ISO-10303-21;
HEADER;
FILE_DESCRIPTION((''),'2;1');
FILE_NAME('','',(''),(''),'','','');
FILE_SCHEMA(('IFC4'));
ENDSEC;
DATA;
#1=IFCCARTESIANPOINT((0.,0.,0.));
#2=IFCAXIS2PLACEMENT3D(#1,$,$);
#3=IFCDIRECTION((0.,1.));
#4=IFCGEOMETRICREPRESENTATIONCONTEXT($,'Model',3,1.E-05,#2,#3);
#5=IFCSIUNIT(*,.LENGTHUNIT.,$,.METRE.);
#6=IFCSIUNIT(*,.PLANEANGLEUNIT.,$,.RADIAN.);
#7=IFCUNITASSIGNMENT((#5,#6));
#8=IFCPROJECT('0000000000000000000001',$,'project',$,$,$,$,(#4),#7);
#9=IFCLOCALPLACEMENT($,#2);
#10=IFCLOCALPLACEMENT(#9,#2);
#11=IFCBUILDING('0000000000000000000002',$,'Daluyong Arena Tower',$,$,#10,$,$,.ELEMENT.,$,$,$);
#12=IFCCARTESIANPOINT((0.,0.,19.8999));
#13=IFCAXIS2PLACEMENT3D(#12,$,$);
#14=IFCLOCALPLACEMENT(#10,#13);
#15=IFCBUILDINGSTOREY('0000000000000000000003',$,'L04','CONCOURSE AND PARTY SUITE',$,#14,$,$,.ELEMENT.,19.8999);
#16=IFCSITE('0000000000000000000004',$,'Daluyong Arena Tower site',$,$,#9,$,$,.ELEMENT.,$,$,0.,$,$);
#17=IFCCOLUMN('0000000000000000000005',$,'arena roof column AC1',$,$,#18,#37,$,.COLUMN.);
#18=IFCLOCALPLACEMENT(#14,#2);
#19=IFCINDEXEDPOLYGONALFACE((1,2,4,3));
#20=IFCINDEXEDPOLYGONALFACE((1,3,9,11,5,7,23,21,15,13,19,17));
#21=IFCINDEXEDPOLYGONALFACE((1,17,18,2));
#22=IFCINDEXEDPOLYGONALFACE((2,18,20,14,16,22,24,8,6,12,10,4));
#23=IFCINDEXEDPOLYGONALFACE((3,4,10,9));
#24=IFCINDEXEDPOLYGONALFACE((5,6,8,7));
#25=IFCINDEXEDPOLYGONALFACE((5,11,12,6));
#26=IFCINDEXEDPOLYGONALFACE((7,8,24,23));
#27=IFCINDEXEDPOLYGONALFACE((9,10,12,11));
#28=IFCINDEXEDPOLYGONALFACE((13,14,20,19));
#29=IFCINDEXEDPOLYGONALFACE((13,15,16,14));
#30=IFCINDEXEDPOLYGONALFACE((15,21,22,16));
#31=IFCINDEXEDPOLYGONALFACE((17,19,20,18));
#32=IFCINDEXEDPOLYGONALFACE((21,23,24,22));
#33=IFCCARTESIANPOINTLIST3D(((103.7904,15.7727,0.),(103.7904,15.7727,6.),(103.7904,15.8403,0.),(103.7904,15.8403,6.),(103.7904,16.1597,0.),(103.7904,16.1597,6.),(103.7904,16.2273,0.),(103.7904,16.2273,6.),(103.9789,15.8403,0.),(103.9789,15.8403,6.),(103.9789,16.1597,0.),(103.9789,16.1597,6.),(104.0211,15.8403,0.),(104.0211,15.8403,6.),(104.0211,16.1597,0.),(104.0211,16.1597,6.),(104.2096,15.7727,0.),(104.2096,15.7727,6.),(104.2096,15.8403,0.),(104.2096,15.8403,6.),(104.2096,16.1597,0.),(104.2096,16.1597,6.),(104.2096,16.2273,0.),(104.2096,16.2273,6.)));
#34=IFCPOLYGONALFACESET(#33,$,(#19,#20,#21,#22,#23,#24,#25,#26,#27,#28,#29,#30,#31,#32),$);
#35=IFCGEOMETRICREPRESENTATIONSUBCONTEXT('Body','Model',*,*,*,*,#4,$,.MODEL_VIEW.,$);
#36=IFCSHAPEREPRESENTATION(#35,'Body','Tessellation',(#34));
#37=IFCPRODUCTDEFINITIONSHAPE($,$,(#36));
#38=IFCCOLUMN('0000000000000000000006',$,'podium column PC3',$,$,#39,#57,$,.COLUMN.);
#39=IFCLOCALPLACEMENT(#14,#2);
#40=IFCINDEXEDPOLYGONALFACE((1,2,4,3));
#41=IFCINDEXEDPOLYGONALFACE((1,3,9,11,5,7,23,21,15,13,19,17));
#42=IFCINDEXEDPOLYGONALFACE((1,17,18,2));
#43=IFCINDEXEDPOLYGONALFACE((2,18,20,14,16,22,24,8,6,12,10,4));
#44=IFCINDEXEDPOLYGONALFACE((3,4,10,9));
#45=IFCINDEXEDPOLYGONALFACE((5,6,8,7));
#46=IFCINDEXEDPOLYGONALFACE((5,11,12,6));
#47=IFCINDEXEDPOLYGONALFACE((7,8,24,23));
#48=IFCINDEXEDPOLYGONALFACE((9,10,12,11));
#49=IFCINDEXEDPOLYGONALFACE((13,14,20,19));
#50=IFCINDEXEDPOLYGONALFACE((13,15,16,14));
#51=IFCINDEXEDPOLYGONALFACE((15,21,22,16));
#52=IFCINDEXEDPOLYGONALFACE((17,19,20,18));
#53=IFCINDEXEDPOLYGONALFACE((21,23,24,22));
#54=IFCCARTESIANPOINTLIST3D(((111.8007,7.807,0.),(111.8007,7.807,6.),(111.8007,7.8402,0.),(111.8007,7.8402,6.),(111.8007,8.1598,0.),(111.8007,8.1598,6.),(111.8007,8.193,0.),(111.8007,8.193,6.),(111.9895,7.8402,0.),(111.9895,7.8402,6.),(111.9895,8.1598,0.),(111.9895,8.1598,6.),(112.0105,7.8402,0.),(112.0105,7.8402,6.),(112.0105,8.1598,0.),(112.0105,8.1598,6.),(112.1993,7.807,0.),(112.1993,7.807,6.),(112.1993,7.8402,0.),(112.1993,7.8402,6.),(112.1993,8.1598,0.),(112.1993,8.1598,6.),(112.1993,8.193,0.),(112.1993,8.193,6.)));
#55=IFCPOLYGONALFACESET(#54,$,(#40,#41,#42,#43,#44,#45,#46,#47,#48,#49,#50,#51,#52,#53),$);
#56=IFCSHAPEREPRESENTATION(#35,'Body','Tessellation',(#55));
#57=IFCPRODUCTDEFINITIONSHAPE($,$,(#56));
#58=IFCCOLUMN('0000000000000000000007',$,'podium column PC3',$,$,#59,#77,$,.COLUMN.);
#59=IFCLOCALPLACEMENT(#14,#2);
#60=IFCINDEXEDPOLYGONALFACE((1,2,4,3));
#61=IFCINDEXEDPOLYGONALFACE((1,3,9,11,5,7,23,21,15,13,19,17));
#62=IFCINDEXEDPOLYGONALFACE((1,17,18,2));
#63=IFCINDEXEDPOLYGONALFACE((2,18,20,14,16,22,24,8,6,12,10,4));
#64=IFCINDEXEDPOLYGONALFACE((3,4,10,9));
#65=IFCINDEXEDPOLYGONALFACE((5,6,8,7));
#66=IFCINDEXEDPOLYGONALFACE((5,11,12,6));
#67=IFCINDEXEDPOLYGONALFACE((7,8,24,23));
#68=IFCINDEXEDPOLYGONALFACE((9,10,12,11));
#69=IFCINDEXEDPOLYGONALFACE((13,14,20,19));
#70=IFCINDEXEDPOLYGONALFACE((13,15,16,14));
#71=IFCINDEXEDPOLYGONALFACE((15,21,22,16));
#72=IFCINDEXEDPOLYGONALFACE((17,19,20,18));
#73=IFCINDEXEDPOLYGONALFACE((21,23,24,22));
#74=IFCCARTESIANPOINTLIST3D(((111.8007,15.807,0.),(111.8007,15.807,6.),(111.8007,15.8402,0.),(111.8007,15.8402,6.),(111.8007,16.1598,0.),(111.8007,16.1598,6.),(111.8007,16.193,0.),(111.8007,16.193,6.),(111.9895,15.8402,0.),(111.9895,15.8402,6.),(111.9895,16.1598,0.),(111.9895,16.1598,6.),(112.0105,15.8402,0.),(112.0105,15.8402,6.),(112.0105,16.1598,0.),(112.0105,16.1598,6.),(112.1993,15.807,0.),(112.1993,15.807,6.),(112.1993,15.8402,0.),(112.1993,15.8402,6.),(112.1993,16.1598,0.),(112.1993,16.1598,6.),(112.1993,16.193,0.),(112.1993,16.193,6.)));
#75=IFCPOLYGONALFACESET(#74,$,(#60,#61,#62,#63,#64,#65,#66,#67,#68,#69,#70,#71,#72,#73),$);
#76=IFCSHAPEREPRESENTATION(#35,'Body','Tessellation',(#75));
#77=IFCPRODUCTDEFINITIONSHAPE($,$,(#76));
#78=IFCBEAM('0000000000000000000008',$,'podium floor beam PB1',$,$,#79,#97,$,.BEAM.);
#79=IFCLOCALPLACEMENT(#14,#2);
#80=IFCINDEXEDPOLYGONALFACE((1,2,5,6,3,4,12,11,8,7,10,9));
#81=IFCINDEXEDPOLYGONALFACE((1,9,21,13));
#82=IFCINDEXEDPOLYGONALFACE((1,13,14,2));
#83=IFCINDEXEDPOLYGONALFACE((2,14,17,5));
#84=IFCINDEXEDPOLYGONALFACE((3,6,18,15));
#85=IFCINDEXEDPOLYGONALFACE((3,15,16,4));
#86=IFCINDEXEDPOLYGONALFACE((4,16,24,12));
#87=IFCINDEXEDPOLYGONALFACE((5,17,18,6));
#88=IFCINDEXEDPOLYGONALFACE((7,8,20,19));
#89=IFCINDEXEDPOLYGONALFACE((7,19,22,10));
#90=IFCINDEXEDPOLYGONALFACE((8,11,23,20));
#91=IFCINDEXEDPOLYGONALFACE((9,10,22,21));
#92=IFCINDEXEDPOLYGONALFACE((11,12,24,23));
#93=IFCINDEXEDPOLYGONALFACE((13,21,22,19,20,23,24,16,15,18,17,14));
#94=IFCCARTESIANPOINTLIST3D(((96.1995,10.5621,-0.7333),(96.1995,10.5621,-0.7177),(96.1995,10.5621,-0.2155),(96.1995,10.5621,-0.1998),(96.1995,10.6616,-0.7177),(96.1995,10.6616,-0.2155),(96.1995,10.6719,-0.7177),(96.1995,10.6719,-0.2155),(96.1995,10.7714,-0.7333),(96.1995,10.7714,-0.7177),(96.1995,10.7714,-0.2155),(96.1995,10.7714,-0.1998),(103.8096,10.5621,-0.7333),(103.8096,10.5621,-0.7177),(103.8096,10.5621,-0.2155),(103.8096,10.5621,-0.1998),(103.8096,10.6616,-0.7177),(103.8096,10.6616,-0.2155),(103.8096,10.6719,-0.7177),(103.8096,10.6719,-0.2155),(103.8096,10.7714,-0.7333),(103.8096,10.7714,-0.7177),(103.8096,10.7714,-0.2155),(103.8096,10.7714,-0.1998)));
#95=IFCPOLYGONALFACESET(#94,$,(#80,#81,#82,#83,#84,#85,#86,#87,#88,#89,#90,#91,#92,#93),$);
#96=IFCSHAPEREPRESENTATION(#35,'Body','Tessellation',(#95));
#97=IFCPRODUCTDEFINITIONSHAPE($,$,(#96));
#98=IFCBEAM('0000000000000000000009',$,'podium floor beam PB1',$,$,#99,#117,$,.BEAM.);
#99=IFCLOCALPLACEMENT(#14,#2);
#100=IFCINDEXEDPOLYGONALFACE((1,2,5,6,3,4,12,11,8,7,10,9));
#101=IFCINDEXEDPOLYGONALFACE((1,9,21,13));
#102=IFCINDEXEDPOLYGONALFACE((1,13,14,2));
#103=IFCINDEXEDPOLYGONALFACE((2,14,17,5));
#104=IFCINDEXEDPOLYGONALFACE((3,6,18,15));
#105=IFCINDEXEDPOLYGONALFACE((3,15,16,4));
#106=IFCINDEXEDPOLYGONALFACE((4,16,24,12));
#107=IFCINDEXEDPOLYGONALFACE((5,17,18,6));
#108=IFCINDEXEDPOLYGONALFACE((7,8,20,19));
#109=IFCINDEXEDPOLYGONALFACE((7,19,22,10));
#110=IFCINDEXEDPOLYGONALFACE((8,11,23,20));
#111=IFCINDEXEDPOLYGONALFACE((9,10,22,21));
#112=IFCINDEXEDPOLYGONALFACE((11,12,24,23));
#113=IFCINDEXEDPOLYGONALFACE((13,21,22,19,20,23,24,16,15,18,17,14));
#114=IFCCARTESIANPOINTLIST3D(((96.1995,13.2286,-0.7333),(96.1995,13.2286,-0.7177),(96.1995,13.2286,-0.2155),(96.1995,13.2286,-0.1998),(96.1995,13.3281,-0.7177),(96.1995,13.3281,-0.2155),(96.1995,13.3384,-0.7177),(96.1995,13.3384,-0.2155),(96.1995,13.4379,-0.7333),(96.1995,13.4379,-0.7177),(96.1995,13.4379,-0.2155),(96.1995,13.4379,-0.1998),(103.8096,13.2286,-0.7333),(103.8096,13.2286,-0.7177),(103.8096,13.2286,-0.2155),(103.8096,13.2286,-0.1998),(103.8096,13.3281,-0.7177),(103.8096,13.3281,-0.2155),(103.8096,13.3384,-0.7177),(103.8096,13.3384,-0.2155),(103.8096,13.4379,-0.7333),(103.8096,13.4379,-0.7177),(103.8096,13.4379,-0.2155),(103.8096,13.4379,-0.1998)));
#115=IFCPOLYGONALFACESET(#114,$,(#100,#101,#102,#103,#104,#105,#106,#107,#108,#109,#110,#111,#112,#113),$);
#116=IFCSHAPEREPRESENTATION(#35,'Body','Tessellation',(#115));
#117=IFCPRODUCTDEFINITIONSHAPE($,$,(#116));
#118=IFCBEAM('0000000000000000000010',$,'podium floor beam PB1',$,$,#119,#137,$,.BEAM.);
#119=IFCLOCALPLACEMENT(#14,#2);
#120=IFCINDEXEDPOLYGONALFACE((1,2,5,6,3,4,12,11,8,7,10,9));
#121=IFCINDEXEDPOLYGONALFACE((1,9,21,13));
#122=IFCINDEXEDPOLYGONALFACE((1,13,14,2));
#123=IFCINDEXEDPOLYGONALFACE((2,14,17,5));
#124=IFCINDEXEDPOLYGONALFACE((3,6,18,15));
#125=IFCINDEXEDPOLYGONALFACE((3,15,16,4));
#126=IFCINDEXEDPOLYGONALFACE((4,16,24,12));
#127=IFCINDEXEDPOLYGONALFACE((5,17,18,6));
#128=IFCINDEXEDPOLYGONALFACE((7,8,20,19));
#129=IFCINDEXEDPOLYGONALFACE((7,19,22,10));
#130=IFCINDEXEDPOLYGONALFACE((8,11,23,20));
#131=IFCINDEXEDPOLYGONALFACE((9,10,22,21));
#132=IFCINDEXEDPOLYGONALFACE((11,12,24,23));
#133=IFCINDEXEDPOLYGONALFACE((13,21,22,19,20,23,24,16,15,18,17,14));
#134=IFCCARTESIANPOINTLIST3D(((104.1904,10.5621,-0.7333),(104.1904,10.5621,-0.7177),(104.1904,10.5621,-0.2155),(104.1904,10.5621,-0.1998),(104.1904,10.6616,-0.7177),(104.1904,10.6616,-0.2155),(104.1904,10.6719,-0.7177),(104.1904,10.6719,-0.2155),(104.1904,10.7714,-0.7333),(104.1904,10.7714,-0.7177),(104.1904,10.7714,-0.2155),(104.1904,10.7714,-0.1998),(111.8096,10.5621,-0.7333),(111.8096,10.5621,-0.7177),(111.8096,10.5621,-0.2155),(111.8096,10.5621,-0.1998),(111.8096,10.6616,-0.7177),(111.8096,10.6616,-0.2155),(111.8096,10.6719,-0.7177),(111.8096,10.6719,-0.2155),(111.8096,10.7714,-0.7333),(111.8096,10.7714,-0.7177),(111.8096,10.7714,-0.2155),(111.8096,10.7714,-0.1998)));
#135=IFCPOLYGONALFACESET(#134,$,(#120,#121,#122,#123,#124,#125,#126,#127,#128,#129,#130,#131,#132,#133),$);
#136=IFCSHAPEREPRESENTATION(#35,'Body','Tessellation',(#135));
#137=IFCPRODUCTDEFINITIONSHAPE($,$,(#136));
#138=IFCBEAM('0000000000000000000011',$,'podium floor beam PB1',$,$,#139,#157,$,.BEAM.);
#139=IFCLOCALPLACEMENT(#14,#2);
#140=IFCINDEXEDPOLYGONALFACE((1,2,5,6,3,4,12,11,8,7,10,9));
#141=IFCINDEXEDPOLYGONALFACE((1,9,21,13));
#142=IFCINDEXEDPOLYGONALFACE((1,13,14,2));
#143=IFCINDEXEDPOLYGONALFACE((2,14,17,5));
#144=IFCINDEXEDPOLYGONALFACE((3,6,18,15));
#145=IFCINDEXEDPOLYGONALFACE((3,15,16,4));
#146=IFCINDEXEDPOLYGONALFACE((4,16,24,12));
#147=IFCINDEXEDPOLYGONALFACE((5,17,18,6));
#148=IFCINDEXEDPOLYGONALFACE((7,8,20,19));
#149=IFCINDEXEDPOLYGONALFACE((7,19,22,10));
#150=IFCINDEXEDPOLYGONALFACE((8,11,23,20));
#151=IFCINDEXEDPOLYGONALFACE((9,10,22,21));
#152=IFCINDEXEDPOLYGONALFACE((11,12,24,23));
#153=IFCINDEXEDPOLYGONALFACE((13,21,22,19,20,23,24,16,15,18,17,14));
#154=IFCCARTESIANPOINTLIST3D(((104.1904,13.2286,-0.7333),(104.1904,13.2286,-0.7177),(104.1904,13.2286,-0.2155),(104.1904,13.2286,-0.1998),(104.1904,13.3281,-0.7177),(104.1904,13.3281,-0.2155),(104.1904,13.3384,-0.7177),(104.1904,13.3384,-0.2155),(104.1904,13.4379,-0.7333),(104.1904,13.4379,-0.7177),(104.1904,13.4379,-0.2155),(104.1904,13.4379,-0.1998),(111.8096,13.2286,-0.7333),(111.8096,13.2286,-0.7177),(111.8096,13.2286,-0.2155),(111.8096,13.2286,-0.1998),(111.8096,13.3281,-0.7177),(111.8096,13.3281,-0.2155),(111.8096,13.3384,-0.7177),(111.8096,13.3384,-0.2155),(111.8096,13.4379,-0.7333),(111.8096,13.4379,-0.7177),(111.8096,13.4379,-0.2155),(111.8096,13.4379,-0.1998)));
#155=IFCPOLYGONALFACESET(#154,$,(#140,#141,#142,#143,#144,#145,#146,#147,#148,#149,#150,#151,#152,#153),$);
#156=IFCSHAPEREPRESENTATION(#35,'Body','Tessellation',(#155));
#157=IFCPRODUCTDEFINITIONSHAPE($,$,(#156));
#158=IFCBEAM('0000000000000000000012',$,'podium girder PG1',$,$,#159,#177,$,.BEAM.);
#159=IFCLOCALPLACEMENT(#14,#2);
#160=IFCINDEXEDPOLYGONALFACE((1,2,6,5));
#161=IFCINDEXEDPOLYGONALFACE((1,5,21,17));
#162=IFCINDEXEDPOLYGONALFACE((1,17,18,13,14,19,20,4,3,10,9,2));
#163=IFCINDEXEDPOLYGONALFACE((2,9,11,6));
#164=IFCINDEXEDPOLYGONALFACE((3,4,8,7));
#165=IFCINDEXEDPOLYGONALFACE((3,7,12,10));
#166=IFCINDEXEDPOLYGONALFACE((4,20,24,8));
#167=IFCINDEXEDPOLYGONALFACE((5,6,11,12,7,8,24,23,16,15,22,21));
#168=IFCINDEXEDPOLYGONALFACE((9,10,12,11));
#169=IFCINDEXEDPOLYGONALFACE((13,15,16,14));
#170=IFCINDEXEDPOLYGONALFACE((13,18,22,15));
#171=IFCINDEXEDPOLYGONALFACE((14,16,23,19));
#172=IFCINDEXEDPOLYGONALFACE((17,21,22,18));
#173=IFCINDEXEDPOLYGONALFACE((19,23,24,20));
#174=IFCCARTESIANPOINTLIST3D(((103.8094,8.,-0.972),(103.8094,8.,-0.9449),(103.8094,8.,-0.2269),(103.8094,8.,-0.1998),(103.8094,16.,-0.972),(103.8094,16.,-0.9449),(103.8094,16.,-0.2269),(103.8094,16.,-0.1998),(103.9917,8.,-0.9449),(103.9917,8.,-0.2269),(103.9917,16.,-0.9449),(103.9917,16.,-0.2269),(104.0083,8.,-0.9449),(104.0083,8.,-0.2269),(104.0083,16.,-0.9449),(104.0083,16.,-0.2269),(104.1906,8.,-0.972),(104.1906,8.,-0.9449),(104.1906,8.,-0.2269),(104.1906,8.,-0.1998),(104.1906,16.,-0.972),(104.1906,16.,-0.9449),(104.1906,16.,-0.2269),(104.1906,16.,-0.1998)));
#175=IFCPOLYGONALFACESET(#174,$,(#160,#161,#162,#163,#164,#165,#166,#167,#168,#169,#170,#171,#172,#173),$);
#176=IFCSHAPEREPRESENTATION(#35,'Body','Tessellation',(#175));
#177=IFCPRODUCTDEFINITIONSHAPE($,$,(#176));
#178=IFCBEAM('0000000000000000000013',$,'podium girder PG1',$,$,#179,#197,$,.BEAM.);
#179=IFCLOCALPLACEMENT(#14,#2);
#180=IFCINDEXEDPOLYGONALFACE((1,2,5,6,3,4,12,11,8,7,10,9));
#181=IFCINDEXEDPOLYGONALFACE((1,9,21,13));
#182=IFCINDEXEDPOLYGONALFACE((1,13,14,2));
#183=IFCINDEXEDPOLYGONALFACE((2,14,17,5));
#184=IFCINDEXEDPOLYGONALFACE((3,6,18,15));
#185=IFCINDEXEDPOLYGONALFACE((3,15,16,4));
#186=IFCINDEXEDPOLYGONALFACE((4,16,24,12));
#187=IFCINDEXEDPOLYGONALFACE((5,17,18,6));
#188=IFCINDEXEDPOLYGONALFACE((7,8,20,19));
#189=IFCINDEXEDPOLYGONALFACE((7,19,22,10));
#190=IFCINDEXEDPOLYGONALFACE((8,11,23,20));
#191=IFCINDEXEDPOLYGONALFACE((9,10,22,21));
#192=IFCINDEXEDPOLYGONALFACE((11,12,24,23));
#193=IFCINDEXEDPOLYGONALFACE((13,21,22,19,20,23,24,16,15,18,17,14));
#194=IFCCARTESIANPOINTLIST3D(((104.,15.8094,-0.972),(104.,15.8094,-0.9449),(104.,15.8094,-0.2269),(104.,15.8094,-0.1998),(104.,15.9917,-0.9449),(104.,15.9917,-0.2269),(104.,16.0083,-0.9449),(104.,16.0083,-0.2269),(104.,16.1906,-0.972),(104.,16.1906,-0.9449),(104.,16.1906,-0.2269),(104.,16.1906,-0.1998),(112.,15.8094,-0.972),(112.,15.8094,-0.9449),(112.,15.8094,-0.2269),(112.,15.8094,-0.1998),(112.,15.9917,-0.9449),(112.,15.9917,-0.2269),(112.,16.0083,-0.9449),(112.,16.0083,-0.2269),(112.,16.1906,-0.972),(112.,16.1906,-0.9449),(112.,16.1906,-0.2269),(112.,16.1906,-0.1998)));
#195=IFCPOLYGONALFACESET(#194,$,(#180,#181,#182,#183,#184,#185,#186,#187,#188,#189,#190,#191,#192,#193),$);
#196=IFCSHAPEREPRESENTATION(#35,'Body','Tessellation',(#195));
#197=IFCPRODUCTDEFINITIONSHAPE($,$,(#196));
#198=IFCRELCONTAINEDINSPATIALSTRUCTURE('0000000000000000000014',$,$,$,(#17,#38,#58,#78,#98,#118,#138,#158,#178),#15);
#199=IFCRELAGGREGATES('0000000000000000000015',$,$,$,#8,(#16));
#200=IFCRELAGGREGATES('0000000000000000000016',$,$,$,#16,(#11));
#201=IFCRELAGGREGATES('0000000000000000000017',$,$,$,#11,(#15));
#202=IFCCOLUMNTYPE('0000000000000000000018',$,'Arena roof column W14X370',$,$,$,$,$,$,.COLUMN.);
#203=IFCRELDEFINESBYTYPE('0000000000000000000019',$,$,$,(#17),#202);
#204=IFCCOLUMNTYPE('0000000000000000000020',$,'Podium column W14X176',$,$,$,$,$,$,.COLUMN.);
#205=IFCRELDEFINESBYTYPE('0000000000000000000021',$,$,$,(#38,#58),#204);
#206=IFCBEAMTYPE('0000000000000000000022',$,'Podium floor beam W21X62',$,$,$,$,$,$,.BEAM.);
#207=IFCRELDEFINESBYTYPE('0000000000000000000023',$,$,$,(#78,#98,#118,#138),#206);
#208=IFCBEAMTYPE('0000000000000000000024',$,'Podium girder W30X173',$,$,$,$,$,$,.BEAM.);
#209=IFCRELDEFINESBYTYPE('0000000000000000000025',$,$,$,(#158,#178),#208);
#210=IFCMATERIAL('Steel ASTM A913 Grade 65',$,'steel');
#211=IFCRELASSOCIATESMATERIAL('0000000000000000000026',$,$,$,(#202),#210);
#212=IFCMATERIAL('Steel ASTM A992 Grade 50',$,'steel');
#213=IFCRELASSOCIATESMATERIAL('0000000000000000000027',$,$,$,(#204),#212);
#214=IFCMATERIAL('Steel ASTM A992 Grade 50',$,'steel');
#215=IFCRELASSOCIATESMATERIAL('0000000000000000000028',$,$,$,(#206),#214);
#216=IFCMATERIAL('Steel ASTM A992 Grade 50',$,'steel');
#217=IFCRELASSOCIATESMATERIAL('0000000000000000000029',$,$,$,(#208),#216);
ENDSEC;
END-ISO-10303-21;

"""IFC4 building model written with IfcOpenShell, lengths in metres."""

from ifc_helpers import new_model, si_unit, direction, frame, origin, origin_2d, place, context, subcontext, project, spatial, i_section, extrude, material, material_profile, profile_set, type_object, element, save


model = new_model("IFC4")

# Units and contexts
model_context = context("Model", 3, precision=1e-05, world=origin(), true_north=direction((0.0, 1.0)))
body_context = subcontext(model_context, "Body", "Model", "MODEL_VIEW")
ifc_project = project(units=[si_unit("LENGTHUNIT", "METRE"), si_unit("PLANEANGLEUNIT", "RADIAN")], contexts=[model_context])

# Site, building, storey
site_placement = place(None, origin())
site = spatial("IfcSite", under=ifc_project, at=site_placement, Name="Daluyong Arena Tower site", CompositionType="ELEMENT", RefElevation=0.0)
building_placement = place(site_placement, origin())
building = spatial("IfcBuilding", under=site, at=building_placement, Name="Daluyong Arena Tower", CompositionType="ELEMENT")
storey_placement = place(building_placement, frame((0.0, 0.0, 19.8999)))
storey = spatial("IfcBuildingStorey", under=building, at=storey_placement, Name="L04", Description="CONCOURSE AND PARTY SUITE", CompositionType="ELEMENT", Elevation=19.8999)

# Columns
ifc_material_1 = material(Name="Steel ASTM A913 Grade 65", Category="steel")
ifc_material_profile_1 = material_profile(ifc_material_1, i_section(OverallWidth=0.4192, OverallDepth=0.4546, WebThickness=0.0422, FlangeThickness=0.0676, at=origin_2d()))
ifc_profile_set_1 = profile_set([ifc_material_profile_1], Name="Steel ASTM A913 Grade 65")
column_type_1 = type_object("IfcColumnType", Name="Arena roof column W14X370", PredefinedType="COLUMN", material=ifc_profile_set_1)
column_placement = place(storey_placement, frame((104.0, 16.0, 0.0), z_axis=(0.0, 0.0, 1.0), x_axis=(1.0, 0.0, 0.0)))
element("IfcColumn", 1, at=column_placement, inside=storey, type_object=column_type_1, Name="arena roof column AC1", PredefinedType="COLUMN", context=body_context, shape_type="SweptSolid", body=[
    extrude(i_section(OverallWidth=0.4192, OverallDepth=0.4546, WebThickness=0.0422, FlangeThickness=0.0676, at=origin_2d()), origin(), (0.0, 0.0, 1.0), 6.0),
])
ifc_material_2 = material(Name="Steel ASTM A992 Grade 50", Category="steel")
ifc_material_profile_2 = material_profile(ifc_material_2, i_section(OverallWidth=0.3987, OverallDepth=0.386, WebThickness=0.021, FlangeThickness=0.0332, at=origin_2d()))
ifc_profile_set_2 = profile_set([ifc_material_profile_2], Name="Steel ASTM A992 Grade 50")
column_type_2 = type_object("IfcColumnType", Name="Podium column W14X176", PredefinedType="COLUMN", material=ifc_profile_set_2)
for number, where, z_axis, x_axis, name in (
    (2, (112.0, 8.0, 0.0), (0.0, 0.0, 1.0), (1.0, 0.0, 0.0), "podium column PC3"),
    (3, (112.0, 16.0, 0.0), (0.0, 0.0, 1.0), (1.0, 0.0, 0.0), "podium column PC3"),
):
    element("IfcColumn", number, at=place(storey_placement, frame(where, z_axis=z_axis, x_axis=x_axis)), inside=storey, type_object=column_type_2, Name=name, PredefinedType="COLUMN", context=body_context, shape_type="SweptSolid", body=[
        extrude(i_section(OverallWidth=0.3987, OverallDepth=0.386, WebThickness=0.021, FlangeThickness=0.0332, at=origin_2d()), origin(), (0.0, 0.0, 1.0), 6.0),
    ])

# Beams
ifc_material_3 = material(Name="Steel ASTM A992 Grade 50", Category="steel")
ifc_material_profile_3 = material_profile(ifc_material_3, i_section(OverallWidth=0.2092, OverallDepth=0.5334, WebThickness=0.0103, FlangeThickness=0.0156, at=origin_2d()))
ifc_profile_set_3 = profile_set([ifc_material_profile_3], Name="Steel ASTM A992 Grade 50")
beam_type_1 = type_object("IfcBeamType", Name="Podium floor beam W21X62", PredefinedType="BEAM", material=ifc_profile_set_3)
for number, where, z_axis, x_axis, name in (
    (4, (96.1995, 10.6667, -0.4666), (1.0, 0.0, 0.0), (0.0, 1.0, 0.0), "podium floor beam PB1"),
    (5, (96.1995, 13.3333, -0.4666), (1.0, 0.0, 0.0), (0.0, 1.0, 0.0), "podium floor beam PB1"),
):
    element("IfcBeam", number, at=place(storey_placement, frame(where, z_axis=z_axis, x_axis=x_axis)), inside=storey, type_object=beam_type_1, Name=name, PredefinedType="BEAM", context=body_context, shape_type="SweptSolid", body=[
        extrude(i_section(OverallWidth=0.2092, OverallDepth=0.5334, WebThickness=0.0103, FlangeThickness=0.0156, at=origin_2d()), origin(), (0.0, 0.0, 1.0), 7.6101),
    ])
for number, where, z_axis, x_axis, name in (
    (6, (104.1904, 10.6667, -0.4666), (1.0, 0.0, 0.0), (0.0, 1.0, 0.0), "podium floor beam PB1"),
    (7, (104.1904, 13.3333, -0.4666), (1.0, 0.0, 0.0), (0.0, 1.0, 0.0), "podium floor beam PB1"),
):
    element("IfcBeam", number, at=place(storey_placement, frame(where, z_axis=z_axis, x_axis=x_axis)), inside=storey, type_object=beam_type_1, Name=name, PredefinedType="BEAM", context=body_context, shape_type="SweptSolid", body=[
        extrude(i_section(OverallWidth=0.2092, OverallDepth=0.5334, WebThickness=0.0103, FlangeThickness=0.0156, at=origin_2d()), origin(), (0.0, 0.0, 1.0), 7.6191),
    ])
ifc_material_4 = material(Name="Steel ASTM A992 Grade 50", Category="steel")
ifc_material_profile_4 = material_profile(ifc_material_4, i_section(OverallWidth=0.3811, OverallDepth=0.7722, WebThickness=0.0166, FlangeThickness=0.0271, at=origin_2d()))
ifc_profile_set_4 = profile_set([ifc_material_profile_4], Name="Steel ASTM A992 Grade 50")
beam_type_2 = type_object("IfcBeamType", Name="Podium girder W30X173", PredefinedType="BEAM", material=ifc_profile_set_4)
for number, where, z_axis, x_axis, name in (
    (8, (104.0, 8.0, -0.5859), (0.0, 1.0, 0.0), (-1.0, 0.0, 0.0), "podium girder PG1"),
    (9, (104.0, 16.0, -0.5859), (1.0, 0.0, 0.0), (0.0, 1.0, 0.0), "podium girder PG1"),
):
    element("IfcBeam", number, at=place(storey_placement, frame(where, z_axis=z_axis, x_axis=x_axis)), inside=storey, type_object=beam_type_2, Name=name, PredefinedType="BEAM", context=body_context, shape_type="SweptSolid", body=[
        extrude(i_section(OverallWidth=0.3811, OverallDepth=0.7722, WebThickness=0.0166, FlangeThickness=0.0271, at=origin_2d()), origin(), (0.0, 0.0, 1.0), 8.0),
    ])

save(model, "model.ifc")
